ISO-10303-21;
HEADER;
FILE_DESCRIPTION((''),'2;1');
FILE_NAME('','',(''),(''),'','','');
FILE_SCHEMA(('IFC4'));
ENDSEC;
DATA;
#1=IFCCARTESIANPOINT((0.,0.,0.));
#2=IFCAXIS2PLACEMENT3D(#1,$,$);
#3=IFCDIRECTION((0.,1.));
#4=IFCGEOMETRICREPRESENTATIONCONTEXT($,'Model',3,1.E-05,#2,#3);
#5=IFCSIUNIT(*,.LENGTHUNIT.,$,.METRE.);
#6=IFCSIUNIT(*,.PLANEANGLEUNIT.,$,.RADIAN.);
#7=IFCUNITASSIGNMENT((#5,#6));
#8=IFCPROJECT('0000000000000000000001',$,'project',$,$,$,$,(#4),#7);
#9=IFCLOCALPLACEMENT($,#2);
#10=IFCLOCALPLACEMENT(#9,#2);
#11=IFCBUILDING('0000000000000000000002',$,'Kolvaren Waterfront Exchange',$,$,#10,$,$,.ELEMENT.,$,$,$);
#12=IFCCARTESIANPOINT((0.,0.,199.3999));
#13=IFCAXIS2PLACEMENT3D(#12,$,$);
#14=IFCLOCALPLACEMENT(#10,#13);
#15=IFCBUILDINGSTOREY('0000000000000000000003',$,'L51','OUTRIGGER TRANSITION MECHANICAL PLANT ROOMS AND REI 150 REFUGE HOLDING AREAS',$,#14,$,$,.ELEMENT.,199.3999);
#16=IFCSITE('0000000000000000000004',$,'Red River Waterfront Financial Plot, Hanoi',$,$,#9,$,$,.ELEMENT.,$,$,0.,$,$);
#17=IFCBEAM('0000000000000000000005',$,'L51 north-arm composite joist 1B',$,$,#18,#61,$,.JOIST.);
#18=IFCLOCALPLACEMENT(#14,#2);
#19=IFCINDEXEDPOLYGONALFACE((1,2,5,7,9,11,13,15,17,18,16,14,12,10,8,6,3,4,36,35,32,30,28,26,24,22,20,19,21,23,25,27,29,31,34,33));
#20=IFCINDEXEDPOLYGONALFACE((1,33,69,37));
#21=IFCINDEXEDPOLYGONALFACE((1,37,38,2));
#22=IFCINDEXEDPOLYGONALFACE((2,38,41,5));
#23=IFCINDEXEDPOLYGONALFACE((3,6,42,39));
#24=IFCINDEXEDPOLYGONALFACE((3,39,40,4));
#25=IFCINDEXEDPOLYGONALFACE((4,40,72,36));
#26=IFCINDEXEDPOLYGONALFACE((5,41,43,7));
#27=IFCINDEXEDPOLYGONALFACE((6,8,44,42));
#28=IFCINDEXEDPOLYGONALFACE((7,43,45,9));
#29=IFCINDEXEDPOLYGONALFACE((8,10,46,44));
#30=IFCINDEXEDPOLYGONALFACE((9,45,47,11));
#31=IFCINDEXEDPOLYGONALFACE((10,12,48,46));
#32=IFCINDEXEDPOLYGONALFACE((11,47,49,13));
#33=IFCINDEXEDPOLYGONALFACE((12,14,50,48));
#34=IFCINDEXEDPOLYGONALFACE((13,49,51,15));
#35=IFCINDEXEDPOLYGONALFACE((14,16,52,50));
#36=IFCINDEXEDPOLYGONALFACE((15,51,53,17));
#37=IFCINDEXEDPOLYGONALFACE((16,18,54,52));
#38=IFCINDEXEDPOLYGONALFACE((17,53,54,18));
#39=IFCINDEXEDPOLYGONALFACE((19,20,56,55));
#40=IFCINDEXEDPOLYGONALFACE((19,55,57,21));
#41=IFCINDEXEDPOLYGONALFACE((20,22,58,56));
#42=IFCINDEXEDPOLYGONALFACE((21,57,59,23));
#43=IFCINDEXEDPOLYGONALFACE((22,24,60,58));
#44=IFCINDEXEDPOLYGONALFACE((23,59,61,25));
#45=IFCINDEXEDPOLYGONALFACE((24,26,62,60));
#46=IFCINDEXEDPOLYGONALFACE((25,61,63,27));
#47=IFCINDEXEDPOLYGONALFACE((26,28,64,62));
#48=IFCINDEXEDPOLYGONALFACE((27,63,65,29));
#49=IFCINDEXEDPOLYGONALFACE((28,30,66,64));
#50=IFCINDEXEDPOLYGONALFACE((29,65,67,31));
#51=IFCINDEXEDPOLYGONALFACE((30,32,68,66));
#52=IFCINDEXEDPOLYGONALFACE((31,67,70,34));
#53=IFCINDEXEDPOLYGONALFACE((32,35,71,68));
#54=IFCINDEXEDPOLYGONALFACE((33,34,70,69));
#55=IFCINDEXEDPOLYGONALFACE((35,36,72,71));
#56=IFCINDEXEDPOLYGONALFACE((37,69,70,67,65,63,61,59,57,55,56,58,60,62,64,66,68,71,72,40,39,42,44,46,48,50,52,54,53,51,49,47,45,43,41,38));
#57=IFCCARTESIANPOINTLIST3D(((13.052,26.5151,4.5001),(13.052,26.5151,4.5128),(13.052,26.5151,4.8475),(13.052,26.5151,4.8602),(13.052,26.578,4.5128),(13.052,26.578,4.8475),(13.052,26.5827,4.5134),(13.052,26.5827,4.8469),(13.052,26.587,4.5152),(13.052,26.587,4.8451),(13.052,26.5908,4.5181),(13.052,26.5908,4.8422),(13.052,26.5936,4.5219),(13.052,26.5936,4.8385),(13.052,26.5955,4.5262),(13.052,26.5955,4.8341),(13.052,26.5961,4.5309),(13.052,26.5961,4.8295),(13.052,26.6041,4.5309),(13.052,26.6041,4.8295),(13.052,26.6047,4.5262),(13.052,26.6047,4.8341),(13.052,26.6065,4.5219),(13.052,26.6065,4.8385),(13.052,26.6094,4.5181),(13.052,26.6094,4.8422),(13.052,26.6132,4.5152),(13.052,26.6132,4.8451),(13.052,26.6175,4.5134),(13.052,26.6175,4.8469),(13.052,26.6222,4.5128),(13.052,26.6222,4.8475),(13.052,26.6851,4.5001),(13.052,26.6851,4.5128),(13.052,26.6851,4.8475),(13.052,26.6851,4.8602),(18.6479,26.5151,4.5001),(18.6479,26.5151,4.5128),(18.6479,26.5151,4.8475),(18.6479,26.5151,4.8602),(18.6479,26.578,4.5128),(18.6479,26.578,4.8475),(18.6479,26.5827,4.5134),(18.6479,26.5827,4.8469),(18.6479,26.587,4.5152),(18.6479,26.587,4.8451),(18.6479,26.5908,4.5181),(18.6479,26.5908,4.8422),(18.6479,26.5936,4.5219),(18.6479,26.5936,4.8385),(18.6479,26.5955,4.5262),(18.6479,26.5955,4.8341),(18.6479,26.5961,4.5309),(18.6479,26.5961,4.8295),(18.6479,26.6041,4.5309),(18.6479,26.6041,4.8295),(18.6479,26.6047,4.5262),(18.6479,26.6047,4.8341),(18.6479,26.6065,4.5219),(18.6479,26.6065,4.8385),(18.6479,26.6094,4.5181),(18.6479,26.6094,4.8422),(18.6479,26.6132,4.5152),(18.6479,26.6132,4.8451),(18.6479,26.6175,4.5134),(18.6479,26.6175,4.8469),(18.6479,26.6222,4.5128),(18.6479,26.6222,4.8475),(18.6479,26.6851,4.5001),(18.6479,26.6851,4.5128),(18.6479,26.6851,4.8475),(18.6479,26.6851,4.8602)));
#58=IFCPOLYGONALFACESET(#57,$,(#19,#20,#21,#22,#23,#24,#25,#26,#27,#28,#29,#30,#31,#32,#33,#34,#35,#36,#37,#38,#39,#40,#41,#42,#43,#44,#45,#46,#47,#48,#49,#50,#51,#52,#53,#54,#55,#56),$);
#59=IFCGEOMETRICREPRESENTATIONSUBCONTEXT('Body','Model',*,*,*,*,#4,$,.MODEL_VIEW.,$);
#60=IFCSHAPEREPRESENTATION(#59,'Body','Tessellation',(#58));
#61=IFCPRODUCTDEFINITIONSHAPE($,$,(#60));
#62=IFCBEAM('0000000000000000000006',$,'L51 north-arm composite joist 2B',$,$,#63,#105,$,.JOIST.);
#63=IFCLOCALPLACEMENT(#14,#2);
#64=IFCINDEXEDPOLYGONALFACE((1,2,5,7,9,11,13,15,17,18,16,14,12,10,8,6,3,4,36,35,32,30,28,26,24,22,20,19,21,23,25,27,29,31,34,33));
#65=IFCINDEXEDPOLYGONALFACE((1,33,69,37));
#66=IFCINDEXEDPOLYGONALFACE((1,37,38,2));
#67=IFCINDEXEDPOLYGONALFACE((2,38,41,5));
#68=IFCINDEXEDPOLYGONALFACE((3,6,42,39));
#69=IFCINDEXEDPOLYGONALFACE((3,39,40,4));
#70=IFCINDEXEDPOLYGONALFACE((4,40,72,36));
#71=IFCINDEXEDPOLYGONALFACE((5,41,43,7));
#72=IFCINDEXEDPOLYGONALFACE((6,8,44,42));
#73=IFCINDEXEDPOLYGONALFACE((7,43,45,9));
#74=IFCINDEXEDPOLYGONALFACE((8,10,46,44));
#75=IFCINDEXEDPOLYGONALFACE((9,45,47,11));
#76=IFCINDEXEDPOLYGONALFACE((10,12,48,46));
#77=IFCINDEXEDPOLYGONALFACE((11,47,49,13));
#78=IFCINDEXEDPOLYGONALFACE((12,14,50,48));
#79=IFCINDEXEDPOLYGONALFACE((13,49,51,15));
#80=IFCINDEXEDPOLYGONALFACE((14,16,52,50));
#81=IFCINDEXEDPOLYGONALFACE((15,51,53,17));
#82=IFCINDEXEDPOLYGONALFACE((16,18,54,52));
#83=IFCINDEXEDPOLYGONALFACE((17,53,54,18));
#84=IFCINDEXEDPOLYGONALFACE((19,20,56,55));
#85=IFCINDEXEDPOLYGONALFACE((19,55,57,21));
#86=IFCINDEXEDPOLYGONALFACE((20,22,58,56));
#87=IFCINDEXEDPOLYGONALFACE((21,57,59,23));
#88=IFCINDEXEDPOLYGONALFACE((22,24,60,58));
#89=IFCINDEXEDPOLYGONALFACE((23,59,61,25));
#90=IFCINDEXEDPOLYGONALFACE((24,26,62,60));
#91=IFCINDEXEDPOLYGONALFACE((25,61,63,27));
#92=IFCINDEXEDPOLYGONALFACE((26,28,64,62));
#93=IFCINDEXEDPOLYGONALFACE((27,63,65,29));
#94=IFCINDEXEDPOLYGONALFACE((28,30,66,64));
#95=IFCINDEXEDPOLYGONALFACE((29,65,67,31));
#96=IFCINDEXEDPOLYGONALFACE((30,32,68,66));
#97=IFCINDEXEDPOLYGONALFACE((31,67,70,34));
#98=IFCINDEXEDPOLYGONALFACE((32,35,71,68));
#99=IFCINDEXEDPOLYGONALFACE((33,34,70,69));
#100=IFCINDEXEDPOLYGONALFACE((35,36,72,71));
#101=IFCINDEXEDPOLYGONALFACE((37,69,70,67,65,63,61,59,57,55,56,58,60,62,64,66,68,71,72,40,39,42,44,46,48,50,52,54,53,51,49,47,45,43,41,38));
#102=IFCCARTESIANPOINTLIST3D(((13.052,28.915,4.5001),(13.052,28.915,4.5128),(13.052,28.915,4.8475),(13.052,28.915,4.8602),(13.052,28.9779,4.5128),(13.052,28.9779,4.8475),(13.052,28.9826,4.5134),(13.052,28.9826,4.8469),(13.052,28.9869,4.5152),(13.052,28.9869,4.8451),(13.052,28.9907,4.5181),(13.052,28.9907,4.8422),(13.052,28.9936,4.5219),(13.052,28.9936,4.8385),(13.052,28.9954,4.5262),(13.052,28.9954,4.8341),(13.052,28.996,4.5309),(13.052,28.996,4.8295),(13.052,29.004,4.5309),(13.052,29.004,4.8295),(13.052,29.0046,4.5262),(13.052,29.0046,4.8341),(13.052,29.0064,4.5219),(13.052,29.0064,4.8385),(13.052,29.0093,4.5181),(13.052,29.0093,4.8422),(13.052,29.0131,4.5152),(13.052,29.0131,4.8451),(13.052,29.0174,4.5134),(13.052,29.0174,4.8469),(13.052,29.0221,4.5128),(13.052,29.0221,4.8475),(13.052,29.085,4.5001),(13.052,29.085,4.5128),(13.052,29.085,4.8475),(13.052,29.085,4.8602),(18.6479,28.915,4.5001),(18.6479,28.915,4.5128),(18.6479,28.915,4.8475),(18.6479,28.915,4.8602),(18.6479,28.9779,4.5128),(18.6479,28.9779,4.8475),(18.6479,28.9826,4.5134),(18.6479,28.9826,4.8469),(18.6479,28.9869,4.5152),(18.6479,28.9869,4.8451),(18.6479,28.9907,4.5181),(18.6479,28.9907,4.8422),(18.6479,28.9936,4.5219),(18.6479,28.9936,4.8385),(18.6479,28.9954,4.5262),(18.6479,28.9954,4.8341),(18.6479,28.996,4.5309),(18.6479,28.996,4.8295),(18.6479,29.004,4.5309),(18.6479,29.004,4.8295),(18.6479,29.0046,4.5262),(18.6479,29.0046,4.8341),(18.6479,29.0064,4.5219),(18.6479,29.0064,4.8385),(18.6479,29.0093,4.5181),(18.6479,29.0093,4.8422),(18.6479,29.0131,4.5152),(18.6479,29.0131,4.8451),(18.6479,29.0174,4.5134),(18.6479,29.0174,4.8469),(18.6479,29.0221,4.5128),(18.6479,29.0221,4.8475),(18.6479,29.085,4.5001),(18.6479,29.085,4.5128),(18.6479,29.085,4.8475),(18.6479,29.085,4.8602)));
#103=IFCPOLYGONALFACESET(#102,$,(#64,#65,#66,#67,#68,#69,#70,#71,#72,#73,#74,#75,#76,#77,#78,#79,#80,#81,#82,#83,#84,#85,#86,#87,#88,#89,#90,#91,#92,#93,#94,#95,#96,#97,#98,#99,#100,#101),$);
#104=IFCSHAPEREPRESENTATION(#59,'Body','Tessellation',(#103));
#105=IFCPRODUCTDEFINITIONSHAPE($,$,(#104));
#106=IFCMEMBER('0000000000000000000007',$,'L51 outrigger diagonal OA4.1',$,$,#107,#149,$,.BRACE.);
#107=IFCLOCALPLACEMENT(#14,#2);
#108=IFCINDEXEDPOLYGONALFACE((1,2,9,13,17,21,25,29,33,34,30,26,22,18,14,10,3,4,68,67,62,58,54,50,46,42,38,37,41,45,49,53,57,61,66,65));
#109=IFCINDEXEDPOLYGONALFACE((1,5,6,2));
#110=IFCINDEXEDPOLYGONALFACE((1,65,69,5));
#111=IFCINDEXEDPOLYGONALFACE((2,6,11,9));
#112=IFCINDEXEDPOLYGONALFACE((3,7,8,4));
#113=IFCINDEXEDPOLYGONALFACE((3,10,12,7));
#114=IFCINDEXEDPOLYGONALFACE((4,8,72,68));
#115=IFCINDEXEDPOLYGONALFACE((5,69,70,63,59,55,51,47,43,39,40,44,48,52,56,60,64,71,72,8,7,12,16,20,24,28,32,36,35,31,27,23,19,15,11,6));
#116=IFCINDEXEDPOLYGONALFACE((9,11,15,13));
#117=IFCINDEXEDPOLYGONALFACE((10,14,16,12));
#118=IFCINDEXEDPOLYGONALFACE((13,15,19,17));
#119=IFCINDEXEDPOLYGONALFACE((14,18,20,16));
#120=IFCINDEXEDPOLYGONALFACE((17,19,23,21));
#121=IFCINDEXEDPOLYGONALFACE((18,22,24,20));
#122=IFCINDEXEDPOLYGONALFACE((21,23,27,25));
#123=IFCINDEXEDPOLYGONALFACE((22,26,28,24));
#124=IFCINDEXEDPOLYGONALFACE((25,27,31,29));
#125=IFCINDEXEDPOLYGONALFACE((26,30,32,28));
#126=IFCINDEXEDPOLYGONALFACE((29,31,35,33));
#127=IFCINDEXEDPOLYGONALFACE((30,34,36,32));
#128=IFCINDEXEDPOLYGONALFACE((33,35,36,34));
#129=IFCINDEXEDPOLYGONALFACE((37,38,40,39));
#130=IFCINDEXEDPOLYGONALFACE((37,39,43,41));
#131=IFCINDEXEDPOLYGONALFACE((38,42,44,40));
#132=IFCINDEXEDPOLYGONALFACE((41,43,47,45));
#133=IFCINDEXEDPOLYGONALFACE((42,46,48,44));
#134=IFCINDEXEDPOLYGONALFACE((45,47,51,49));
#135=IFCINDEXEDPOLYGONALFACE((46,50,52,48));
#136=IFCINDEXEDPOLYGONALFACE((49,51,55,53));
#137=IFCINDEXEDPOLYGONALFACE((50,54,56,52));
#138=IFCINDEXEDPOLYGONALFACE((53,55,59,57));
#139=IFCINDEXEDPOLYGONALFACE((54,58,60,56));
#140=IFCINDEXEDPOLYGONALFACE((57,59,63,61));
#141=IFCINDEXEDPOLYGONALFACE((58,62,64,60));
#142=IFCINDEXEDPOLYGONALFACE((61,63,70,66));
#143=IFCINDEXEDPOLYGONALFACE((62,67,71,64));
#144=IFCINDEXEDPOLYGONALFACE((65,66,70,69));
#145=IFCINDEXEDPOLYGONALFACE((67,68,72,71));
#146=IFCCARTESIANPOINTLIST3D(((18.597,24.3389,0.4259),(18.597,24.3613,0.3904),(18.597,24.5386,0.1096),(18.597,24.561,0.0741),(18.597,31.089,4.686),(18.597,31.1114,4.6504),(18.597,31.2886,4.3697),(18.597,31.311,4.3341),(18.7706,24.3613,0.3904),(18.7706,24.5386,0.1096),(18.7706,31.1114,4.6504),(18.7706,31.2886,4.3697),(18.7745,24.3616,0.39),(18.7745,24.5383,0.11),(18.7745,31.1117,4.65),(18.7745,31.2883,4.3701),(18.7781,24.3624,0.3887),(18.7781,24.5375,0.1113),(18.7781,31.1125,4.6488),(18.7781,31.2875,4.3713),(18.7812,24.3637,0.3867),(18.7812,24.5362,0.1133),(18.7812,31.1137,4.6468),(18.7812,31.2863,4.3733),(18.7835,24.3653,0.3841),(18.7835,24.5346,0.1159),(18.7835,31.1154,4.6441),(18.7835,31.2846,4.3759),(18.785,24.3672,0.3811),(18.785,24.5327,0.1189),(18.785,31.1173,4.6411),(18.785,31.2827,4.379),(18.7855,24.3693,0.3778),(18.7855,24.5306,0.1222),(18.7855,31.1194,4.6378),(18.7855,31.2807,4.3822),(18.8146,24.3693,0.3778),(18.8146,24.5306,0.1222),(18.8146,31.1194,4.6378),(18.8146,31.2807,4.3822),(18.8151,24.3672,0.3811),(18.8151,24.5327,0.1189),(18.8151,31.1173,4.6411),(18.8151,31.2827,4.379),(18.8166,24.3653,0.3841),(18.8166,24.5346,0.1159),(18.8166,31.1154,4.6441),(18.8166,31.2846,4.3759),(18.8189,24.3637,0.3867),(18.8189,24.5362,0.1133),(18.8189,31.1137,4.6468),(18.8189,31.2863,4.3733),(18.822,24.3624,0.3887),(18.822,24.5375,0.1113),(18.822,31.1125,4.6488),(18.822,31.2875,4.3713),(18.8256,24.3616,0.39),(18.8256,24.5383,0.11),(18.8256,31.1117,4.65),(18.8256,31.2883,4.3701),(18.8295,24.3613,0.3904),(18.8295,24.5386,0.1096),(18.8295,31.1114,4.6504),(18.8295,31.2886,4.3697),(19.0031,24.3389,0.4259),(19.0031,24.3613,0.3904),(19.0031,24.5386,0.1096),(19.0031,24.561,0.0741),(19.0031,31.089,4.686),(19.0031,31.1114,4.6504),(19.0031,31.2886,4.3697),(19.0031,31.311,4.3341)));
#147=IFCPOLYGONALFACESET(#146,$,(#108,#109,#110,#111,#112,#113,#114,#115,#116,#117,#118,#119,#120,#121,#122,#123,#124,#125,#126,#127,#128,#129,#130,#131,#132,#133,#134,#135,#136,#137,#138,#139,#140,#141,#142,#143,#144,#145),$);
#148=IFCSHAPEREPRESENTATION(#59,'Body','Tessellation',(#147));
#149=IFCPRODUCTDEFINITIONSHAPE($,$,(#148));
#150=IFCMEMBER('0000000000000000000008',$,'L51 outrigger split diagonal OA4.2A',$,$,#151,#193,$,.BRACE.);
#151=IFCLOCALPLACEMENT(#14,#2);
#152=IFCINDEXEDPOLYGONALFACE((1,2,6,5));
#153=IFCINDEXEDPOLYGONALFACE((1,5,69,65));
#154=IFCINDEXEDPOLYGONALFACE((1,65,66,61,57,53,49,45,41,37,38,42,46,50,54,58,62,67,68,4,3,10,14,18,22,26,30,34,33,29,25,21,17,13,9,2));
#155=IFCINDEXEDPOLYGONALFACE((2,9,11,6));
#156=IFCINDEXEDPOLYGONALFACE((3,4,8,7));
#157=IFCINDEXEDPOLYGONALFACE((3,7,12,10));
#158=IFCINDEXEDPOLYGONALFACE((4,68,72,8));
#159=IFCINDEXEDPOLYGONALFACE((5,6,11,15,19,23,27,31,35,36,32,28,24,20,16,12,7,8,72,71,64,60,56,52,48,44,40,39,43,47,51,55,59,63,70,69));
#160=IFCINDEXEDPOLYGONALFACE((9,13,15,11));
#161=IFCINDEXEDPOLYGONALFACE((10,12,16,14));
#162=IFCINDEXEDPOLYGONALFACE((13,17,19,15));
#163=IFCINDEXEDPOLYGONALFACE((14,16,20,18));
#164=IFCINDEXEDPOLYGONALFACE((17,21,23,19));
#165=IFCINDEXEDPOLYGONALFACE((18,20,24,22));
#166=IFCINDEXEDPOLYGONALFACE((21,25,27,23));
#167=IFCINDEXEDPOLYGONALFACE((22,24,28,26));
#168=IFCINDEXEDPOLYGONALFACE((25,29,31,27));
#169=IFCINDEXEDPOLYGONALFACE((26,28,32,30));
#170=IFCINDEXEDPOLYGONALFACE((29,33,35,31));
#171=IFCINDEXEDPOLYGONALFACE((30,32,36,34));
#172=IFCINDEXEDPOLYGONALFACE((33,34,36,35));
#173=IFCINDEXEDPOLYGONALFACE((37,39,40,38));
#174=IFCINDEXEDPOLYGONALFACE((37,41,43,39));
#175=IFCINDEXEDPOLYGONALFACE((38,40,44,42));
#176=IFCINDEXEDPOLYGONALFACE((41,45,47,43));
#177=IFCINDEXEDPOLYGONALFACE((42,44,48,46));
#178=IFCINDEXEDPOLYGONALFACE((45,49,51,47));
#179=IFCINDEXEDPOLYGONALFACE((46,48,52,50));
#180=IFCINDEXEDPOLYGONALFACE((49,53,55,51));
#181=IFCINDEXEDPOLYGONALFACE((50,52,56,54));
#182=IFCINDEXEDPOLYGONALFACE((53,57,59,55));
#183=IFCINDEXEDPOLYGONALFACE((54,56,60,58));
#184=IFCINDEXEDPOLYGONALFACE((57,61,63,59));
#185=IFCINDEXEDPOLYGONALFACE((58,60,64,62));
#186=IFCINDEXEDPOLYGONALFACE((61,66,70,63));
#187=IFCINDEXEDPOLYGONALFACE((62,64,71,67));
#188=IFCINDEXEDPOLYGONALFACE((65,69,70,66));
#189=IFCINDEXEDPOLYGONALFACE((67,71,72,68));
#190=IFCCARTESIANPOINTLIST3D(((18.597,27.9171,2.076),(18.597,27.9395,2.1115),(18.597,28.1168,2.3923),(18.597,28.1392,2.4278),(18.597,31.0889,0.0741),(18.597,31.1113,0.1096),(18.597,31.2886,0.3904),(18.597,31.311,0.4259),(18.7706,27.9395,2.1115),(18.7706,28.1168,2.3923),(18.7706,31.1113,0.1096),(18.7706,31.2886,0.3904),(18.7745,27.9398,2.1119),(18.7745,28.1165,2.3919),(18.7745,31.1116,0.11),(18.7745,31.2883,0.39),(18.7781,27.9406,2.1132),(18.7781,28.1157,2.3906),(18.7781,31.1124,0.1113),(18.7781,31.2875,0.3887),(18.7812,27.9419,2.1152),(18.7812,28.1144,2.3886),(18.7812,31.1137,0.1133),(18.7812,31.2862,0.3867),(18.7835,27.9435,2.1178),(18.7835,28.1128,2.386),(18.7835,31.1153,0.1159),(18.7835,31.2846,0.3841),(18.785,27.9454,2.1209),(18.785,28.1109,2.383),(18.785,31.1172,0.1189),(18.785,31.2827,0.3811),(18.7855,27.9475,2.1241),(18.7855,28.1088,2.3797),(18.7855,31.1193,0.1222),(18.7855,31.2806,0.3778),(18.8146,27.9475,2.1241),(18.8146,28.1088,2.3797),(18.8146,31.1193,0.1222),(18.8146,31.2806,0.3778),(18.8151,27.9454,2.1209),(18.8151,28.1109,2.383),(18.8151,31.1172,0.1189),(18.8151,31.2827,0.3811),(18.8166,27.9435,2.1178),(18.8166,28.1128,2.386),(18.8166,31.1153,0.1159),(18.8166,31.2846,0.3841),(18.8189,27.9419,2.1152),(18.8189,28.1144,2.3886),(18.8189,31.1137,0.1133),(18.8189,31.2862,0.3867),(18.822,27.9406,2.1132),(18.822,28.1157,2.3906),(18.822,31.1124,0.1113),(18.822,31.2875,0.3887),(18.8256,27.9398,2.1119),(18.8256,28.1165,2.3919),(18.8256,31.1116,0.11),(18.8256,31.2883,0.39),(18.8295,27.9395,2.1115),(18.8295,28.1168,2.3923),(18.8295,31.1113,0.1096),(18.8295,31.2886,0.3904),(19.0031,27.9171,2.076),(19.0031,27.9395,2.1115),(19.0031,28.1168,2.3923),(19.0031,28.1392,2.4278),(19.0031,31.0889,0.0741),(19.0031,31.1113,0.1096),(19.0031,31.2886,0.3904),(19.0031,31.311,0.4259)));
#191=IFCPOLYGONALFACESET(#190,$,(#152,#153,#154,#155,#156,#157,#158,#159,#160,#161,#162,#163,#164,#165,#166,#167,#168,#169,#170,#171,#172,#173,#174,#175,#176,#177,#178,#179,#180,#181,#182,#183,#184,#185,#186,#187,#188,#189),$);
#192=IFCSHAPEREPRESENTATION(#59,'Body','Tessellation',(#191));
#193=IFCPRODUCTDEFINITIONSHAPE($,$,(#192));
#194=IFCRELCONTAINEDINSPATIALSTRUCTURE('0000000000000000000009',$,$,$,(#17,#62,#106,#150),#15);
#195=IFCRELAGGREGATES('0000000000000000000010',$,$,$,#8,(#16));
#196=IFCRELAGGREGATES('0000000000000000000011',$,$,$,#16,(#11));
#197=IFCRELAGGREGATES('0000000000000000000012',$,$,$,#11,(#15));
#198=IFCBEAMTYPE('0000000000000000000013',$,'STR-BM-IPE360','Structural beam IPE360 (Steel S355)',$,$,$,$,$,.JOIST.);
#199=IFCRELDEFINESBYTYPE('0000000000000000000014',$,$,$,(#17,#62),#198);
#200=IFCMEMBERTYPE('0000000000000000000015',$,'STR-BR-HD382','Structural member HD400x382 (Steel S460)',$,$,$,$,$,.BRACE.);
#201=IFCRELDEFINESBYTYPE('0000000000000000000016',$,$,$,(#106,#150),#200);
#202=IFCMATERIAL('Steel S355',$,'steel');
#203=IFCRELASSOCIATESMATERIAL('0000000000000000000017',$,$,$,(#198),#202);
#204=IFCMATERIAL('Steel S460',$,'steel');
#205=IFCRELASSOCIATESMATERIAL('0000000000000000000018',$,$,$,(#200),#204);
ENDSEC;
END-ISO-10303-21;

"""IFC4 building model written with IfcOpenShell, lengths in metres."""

from ifc_helpers import new_model, si_unit, direction, frame, origin, origin_2d, place, context, subcontext, project, spatial, i_section, extrude, material, material_profile, profile_set, type_object, element, save


model = new_model("IFC4")

# Units and contexts
model_context = context("Model", 3, precision=1e-05, world=origin(), true_north=direction((0.0, 1.0)))
body_context = subcontext(model_context, "Body", "Model", "MODEL_VIEW")
ifc_project = project(units=[si_unit("LENGTHUNIT", "METRE"), si_unit("PLANEANGLEUNIT", "RADIAN")], contexts=[model_context])

# Site, building, storey
site_placement = place(None, origin())
site = spatial("IfcSite", under=ifc_project, at=site_placement, Name="Red River Waterfront Financial Plot, Hanoi", CompositionType="ELEMENT", RefElevation=0.0)
building_placement = place(site_placement, origin())
building = spatial("IfcBuilding", under=site, at=building_placement, Name="Kolvaren Waterfront Exchange", CompositionType="ELEMENT")
storey_placement = place(building_placement, frame((0.0, 0.0, 199.3999)))
storey = spatial("IfcBuildingStorey", under=building, at=storey_placement, Name="L51", Description="OUTRIGGER TRANSITION MECHANICAL PLANT ROOMS AND REI 150 REFUGE HOLDING AREAS", CompositionType="ELEMENT", Elevation=199.3999)

# Beams
ifc_material_1 = material(Name="Steel S355", Category="steel")
ifc_material_profile_1 = material_profile(ifc_material_1, i_section(OverallWidth=0.1699, OverallDepth=0.3601, WebThickness=0.0081, FlangeThickness=0.0127, FilletRadius=0.0181, at=origin_2d()), Name="IPE360")
ifc_profile_set_1 = profile_set([ifc_material_profile_1], Name="Steel S355")
beam_type_1 = type_object("IfcBeamType", Name="STR-BM-IPE360", Description="Structural beam IPE360 (Steel S355)", PredefinedType="JOIST", material=ifc_profile_set_1)
for number, where, z_axis, x_axis, name in (
    (1, (13.052, 26.6001, 4.6802), (1.0, 0.0, 0.0), (0.0, 1.0, 0.0), "L51 north-arm composite joist 1B"),
    (2, (13.052, 29.0, 4.6802), (1.0, 0.0, 0.0), (0.0, 1.0, 0.0), "L51 north-arm composite joist 2B"),
):
    element("IfcBeam", number, at=place(storey_placement, frame(where, z_axis=z_axis, x_axis=x_axis)), inside=storey, type_object=beam_type_1, Name=name, PredefinedType="JOIST", context=body_context, shape_type="SweptSolid", body=[
        extrude(i_section(OverallWidth=0.1699, OverallDepth=0.3601, WebThickness=0.0081, FlangeThickness=0.0127, FilletRadius=0.0181, at=origin_2d()), origin(), (0.0, 0.0, 1.0), 5.5959),
    ])

# Members
ifc_material_2 = material(Name="Steel S460", Category="steel")
ifc_material_profile_2 = material_profile(ifc_material_2, i_section(OverallWidth=0.406, OverallDepth=0.416, WebThickness=0.0291, FlangeThickness=0.042, FilletRadius=0.0149, at=origin_2d()), Name="HD400x382")
ifc_profile_set_2 = profile_set([ifc_material_profile_2], Name="Steel S460")
member_type_1 = type_object("IfcMemberType", Name="STR-BR-HD382", Description="Structural member HD400x382 (Steel S460)", PredefinedType="BRACE", material=ifc_profile_set_2)
member_1_placement = place(storey_placement, frame((18.8, 24.45, 0.25), z_axis=(0.0, 0.845667, 0.533711), x_axis=(-1.0, 0.0, 0.0)))
element("IfcMember", 3, at=member_1_placement, inside=storey, type_object=member_type_1, Name="L51 outrigger diagonal OA4.1", PredefinedType="BRACE", context=body_context, shape_type="SweptSolid", body=[
    extrude(i_section(OverallWidth=0.406, OverallDepth=0.416, WebThickness=0.0291, FlangeThickness=0.042, FilletRadius=0.0149, at=origin_2d()), origin(), (0.0, 0.0, 1.0), 7.9819),
])
member_2_placement = place(storey_placement, frame((18.8, 31.2, 0.25), z_axis=(0.0, -0.84565, 0.533738), x_axis=(1.0, 0.0, 0.0)))
element("IfcMember", 4, at=member_2_placement, inside=storey, type_object=member_type_1, Name="L51 outrigger split diagonal OA4.2A", PredefinedType="BRACE", context=body_context, shape_type="SweptSolid", body=[
    extrude(i_section(OverallWidth=0.406, OverallDepth=0.416, WebThickness=0.0291, FlangeThickness=0.042, FilletRadius=0.0149, at=origin_2d()), origin(), (0.0, 0.0, 1.0), 3.7507),
])

save(model, "model.ifc")
